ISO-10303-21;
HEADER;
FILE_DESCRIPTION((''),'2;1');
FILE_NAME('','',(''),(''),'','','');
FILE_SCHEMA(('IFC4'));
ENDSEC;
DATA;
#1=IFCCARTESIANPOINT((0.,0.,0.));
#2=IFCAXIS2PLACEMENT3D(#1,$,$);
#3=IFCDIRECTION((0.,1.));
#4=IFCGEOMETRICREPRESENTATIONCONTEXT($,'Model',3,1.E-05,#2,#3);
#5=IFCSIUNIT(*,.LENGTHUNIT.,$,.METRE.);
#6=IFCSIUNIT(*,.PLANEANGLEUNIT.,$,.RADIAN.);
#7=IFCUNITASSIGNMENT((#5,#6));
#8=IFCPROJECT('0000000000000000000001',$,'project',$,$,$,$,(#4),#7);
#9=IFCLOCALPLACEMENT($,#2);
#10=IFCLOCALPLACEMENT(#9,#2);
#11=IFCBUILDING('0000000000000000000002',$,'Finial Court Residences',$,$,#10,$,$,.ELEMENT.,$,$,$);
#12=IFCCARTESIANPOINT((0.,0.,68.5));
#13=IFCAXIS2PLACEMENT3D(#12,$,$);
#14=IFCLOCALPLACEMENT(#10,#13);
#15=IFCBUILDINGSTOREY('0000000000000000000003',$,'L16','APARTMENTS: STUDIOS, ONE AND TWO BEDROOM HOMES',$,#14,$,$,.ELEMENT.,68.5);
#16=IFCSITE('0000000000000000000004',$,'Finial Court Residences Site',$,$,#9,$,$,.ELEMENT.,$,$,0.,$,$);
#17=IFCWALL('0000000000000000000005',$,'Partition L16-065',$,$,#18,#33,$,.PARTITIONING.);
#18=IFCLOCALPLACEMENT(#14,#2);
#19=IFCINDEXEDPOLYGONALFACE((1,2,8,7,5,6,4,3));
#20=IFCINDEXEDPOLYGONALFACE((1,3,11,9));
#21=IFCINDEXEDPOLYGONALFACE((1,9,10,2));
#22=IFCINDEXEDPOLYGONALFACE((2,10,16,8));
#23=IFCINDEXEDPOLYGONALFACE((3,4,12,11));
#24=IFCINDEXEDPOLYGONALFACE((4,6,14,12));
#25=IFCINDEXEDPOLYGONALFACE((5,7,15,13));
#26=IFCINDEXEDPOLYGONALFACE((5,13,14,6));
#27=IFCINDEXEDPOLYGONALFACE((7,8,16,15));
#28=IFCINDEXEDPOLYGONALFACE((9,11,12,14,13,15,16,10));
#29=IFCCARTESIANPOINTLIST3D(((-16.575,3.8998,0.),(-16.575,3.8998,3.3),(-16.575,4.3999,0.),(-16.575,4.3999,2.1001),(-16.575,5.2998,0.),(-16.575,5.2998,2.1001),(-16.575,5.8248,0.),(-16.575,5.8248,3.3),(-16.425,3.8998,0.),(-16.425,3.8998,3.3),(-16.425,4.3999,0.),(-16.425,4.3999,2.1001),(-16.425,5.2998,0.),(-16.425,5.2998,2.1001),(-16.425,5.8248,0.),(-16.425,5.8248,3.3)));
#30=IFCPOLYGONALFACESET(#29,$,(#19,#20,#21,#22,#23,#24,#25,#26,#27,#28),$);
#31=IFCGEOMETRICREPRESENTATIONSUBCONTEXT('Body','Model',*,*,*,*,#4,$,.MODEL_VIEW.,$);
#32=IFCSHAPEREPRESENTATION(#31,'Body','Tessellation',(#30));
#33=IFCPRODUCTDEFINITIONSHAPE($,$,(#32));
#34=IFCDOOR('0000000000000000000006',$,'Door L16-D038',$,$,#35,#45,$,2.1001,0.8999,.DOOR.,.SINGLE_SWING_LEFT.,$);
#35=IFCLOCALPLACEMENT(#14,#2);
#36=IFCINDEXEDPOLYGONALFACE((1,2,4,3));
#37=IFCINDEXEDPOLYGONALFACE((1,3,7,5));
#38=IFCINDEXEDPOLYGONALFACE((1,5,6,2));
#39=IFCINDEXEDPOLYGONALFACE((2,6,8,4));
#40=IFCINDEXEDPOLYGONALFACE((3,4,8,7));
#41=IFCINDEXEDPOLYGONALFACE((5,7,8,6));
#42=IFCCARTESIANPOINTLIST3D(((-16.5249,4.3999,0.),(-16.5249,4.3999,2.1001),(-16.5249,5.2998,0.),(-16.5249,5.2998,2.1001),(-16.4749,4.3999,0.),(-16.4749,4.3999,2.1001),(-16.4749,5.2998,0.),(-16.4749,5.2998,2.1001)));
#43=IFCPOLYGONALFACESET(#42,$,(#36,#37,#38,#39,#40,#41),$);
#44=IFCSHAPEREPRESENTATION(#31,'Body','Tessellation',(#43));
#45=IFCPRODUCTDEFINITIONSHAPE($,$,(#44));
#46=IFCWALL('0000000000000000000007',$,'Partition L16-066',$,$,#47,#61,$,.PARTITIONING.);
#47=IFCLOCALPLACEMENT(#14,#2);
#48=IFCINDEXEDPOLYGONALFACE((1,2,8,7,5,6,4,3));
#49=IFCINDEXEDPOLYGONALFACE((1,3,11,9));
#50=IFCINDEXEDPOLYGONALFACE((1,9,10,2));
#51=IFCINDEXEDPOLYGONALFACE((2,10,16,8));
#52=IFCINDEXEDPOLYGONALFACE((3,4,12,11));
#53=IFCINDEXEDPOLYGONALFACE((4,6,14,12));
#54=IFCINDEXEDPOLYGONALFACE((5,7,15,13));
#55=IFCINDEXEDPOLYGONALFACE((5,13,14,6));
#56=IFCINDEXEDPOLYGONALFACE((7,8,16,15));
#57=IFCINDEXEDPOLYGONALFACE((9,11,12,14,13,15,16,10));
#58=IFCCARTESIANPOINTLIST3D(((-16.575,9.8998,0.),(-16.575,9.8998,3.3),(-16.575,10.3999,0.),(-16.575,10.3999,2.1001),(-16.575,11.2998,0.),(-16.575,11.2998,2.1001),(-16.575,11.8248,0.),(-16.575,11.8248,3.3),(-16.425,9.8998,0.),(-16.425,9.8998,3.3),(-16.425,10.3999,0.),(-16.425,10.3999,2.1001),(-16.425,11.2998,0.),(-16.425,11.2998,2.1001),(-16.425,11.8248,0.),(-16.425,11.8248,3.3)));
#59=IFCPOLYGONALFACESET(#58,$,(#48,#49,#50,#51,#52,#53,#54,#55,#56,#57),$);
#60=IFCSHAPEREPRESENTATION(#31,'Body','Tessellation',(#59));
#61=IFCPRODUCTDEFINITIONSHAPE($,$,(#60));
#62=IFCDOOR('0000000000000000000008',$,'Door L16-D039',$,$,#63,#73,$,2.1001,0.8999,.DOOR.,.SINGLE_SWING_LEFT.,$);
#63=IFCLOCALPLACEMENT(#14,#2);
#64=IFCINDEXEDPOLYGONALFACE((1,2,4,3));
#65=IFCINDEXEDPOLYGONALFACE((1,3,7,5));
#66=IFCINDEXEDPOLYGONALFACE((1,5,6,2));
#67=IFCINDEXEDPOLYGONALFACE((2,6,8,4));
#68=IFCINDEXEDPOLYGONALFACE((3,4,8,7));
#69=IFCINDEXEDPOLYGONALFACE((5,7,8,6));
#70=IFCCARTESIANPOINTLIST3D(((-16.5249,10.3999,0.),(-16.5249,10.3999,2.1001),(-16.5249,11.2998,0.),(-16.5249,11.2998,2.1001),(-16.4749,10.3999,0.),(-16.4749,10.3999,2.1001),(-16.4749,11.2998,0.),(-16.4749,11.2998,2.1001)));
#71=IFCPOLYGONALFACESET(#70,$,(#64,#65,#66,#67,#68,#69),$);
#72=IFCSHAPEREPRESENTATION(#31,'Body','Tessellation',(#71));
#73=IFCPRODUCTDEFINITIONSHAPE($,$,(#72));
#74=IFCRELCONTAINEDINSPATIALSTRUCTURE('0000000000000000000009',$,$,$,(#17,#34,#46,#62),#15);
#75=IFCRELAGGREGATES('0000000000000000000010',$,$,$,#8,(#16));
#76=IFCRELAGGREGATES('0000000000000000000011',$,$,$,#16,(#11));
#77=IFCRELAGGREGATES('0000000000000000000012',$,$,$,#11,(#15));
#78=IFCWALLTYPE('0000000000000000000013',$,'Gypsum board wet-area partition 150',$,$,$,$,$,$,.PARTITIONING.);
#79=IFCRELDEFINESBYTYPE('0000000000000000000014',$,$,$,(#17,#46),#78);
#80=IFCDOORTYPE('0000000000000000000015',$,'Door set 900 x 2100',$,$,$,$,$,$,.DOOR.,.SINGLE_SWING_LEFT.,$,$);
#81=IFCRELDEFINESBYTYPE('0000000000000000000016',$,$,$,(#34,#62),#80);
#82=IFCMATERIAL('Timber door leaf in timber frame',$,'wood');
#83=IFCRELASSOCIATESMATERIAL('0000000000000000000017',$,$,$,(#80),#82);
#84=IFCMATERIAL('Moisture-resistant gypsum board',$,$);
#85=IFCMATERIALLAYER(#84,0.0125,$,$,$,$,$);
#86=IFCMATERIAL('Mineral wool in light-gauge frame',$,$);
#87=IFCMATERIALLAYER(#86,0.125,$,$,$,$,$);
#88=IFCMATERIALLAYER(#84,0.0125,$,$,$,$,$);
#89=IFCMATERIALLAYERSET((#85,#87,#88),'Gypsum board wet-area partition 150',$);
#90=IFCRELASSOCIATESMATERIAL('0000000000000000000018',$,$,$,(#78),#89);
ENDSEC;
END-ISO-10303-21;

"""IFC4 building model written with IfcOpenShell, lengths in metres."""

from ifc_helpers import new_model, si_unit, direction, frame, frame_2d, origin, place, context, subcontext, project, spatial, rectangle, extrude, material, layer, layer_set, type_object, element, fill, save


model = new_model("IFC4")

# Units and contexts
model_context = context("Model", 3, precision=1e-05, world=origin(), true_north=direction((0.0, 1.0)))
body_context = subcontext(model_context, "Body", "Model", "MODEL_VIEW")
ifc_project = project(units=[si_unit("LENGTHUNIT", "METRE"), si_unit("PLANEANGLEUNIT", "RADIAN")], contexts=[model_context])

# Site, building, storey
site_placement = place(None, origin())
site = spatial("IfcSite", under=ifc_project, at=site_placement, Name="Finial Court Residences Site", CompositionType="ELEMENT", RefElevation=0.0)
building_placement = place(site_placement, origin())
building = spatial("IfcBuilding", under=site, at=building_placement, Name="Finial Court Residences", CompositionType="ELEMENT")
storey_placement = place(building_placement, frame((0.0, 0.0, 68.5)))
storey = spatial("IfcBuildingStorey", under=building, at=storey_placement, Name="L16", Description="APARTMENTS: STUDIOS, ONE AND TWO BEDROOM HOMES", CompositionType="ELEMENT", Elevation=68.5)

# Shared definitions
ifc_material_1 = material(Name="Mineral wool in light-gauge frame")
ifc_material_2 = material(Name="Timber door leaf in timber frame", Category="wood")
door_type = type_object("IfcDoorType", Name="Door set 900 x 2100", OperationType="SINGLE_SWING_LEFT", PredefinedType="DOOR", material=ifc_material_2)

# Shared definitions
ifc_material_3 = material(Name="Moisture-resistant gypsum board")
ifc_layer_1 = layer(ifc_material_3, 0.0125)
ifc_layer_2 = layer(ifc_material_1, 0.125)
ifc_layer_3 = layer(ifc_material_3, 0.0125)
ifc_layer_set_1 = layer_set([ifc_layer_1, ifc_layer_2, ifc_layer_3], Name="Gypsum board wet-area partition 150")
wall_type_1 = type_object("IfcWallType", Name="Gypsum board wet-area partition 150", PredefinedType="PARTITIONING", material=ifc_layer_set_1)

# Walls, openings, doors
wall_1_placement = place(storey_placement, frame((-16.5, 3.8999, 0.0), z_axis=(0.0, 0.0, 1.0), x_axis=(0.0, 1.0, 0.0)))
wall_1 = element("IfcWall", 1, at=wall_1_placement, inside=storey, type_object=wall_type_1, Name="Partition L16-065", PredefinedType="PARTITIONING", context=body_context, shape_type="SweptSolid", body=[
    extrude(rectangle(XDim=1.925, YDim=0.1499, at=frame_2d((0.9624, 0.0))), origin(), (0.0, 0.0, 1.0), 3.3),
])
opening_1_placement = place(wall_1_placement, frame((0.5, 0.0, 0.0)))
opening_1 = element("IfcOpeningElement", 2, at=opening_1_placement, cuts=wall_1, PredefinedType="OPENING", context=body_context, shape_type="SweptSolid", body=[
    extrude(rectangle(XDim=0.8999, YDim=2.1001, at=frame_2d((0.45, 1.05))), frame((0.0, 0.085, 0.0), z_axis=(0.0, -1.0, 0.0), x_axis=(1.0, 0.0, 0.0)), (0.0, 0.0, 1.0), 0.1699),
])
door_1_placement = place(opening_1_placement, origin())
door_1 = element("IfcDoor", 3, at=door_1_placement, inside=storey, type_object=door_type, Name="Door L16-D038", OperationType="SINGLE_SWING_LEFT", OverallHeight=2.1001, OverallWidth=0.8999, PredefinedType="DOOR", context=body_context, shape_type="SweptSolid", body=[
    extrude(rectangle(XDim=0.8999, YDim=2.1001, at=frame_2d((0.45, 1.05))), frame((0.0, 0.0249, 0.0), z_axis=(0.0, -1.0, 0.0), x_axis=(1.0, 0.0, 0.0)), (0.0, 0.0, 1.0), 0.05),
])
fill(opening_1, door_1)
wall_2_placement = place(storey_placement, frame((-16.5, 9.8999, 0.0), z_axis=(0.0, 0.0, 1.0), x_axis=(0.0, 1.0, 0.0)))
wall_2 = element("IfcWall", 4, at=wall_2_placement, inside=storey, type_object=wall_type_1, Name="Partition L16-066", PredefinedType="PARTITIONING", context=body_context, shape_type="SweptSolid", body=[
    extrude(rectangle(XDim=1.925, YDim=0.1499, at=frame_2d((0.9624, 0.0))), origin(), (0.0, 0.0, 1.0), 3.3),
])
opening_2_placement = place(wall_2_placement, frame((0.5, 0.0, 0.0)))
opening_2 = element("IfcOpeningElement", 5, at=opening_2_placement, cuts=wall_2, PredefinedType="OPENING", context=body_context, shape_type="SweptSolid", body=[
    extrude(rectangle(XDim=0.8999, YDim=2.1001, at=frame_2d((0.45, 1.05))), frame((0.0, 0.085, 0.0), z_axis=(0.0, -1.0, 0.0), x_axis=(1.0, 0.0, 0.0)), (0.0, 0.0, 1.0), 0.1699),
])
door_2_placement = place(opening_2_placement, origin())
door_2 = element("IfcDoor", 6, at=door_2_placement, inside=storey, type_object=door_type, Name="Door L16-D039", OperationType="SINGLE_SWING_LEFT", OverallHeight=2.1001, OverallWidth=0.8999, PredefinedType="DOOR", context=body_context, shape_type="SweptSolid", body=[
    extrude(rectangle(XDim=0.8999, YDim=2.1001, at=frame_2d((0.45, 1.05))), frame((0.0, 0.0249, 0.0), z_axis=(0.0, -1.0, 0.0), x_axis=(1.0, 0.0, 0.0)), (0.0, 0.0, 1.0), 0.05),
])
fill(opening_2, door_2)

save(model, "model.ifc")
